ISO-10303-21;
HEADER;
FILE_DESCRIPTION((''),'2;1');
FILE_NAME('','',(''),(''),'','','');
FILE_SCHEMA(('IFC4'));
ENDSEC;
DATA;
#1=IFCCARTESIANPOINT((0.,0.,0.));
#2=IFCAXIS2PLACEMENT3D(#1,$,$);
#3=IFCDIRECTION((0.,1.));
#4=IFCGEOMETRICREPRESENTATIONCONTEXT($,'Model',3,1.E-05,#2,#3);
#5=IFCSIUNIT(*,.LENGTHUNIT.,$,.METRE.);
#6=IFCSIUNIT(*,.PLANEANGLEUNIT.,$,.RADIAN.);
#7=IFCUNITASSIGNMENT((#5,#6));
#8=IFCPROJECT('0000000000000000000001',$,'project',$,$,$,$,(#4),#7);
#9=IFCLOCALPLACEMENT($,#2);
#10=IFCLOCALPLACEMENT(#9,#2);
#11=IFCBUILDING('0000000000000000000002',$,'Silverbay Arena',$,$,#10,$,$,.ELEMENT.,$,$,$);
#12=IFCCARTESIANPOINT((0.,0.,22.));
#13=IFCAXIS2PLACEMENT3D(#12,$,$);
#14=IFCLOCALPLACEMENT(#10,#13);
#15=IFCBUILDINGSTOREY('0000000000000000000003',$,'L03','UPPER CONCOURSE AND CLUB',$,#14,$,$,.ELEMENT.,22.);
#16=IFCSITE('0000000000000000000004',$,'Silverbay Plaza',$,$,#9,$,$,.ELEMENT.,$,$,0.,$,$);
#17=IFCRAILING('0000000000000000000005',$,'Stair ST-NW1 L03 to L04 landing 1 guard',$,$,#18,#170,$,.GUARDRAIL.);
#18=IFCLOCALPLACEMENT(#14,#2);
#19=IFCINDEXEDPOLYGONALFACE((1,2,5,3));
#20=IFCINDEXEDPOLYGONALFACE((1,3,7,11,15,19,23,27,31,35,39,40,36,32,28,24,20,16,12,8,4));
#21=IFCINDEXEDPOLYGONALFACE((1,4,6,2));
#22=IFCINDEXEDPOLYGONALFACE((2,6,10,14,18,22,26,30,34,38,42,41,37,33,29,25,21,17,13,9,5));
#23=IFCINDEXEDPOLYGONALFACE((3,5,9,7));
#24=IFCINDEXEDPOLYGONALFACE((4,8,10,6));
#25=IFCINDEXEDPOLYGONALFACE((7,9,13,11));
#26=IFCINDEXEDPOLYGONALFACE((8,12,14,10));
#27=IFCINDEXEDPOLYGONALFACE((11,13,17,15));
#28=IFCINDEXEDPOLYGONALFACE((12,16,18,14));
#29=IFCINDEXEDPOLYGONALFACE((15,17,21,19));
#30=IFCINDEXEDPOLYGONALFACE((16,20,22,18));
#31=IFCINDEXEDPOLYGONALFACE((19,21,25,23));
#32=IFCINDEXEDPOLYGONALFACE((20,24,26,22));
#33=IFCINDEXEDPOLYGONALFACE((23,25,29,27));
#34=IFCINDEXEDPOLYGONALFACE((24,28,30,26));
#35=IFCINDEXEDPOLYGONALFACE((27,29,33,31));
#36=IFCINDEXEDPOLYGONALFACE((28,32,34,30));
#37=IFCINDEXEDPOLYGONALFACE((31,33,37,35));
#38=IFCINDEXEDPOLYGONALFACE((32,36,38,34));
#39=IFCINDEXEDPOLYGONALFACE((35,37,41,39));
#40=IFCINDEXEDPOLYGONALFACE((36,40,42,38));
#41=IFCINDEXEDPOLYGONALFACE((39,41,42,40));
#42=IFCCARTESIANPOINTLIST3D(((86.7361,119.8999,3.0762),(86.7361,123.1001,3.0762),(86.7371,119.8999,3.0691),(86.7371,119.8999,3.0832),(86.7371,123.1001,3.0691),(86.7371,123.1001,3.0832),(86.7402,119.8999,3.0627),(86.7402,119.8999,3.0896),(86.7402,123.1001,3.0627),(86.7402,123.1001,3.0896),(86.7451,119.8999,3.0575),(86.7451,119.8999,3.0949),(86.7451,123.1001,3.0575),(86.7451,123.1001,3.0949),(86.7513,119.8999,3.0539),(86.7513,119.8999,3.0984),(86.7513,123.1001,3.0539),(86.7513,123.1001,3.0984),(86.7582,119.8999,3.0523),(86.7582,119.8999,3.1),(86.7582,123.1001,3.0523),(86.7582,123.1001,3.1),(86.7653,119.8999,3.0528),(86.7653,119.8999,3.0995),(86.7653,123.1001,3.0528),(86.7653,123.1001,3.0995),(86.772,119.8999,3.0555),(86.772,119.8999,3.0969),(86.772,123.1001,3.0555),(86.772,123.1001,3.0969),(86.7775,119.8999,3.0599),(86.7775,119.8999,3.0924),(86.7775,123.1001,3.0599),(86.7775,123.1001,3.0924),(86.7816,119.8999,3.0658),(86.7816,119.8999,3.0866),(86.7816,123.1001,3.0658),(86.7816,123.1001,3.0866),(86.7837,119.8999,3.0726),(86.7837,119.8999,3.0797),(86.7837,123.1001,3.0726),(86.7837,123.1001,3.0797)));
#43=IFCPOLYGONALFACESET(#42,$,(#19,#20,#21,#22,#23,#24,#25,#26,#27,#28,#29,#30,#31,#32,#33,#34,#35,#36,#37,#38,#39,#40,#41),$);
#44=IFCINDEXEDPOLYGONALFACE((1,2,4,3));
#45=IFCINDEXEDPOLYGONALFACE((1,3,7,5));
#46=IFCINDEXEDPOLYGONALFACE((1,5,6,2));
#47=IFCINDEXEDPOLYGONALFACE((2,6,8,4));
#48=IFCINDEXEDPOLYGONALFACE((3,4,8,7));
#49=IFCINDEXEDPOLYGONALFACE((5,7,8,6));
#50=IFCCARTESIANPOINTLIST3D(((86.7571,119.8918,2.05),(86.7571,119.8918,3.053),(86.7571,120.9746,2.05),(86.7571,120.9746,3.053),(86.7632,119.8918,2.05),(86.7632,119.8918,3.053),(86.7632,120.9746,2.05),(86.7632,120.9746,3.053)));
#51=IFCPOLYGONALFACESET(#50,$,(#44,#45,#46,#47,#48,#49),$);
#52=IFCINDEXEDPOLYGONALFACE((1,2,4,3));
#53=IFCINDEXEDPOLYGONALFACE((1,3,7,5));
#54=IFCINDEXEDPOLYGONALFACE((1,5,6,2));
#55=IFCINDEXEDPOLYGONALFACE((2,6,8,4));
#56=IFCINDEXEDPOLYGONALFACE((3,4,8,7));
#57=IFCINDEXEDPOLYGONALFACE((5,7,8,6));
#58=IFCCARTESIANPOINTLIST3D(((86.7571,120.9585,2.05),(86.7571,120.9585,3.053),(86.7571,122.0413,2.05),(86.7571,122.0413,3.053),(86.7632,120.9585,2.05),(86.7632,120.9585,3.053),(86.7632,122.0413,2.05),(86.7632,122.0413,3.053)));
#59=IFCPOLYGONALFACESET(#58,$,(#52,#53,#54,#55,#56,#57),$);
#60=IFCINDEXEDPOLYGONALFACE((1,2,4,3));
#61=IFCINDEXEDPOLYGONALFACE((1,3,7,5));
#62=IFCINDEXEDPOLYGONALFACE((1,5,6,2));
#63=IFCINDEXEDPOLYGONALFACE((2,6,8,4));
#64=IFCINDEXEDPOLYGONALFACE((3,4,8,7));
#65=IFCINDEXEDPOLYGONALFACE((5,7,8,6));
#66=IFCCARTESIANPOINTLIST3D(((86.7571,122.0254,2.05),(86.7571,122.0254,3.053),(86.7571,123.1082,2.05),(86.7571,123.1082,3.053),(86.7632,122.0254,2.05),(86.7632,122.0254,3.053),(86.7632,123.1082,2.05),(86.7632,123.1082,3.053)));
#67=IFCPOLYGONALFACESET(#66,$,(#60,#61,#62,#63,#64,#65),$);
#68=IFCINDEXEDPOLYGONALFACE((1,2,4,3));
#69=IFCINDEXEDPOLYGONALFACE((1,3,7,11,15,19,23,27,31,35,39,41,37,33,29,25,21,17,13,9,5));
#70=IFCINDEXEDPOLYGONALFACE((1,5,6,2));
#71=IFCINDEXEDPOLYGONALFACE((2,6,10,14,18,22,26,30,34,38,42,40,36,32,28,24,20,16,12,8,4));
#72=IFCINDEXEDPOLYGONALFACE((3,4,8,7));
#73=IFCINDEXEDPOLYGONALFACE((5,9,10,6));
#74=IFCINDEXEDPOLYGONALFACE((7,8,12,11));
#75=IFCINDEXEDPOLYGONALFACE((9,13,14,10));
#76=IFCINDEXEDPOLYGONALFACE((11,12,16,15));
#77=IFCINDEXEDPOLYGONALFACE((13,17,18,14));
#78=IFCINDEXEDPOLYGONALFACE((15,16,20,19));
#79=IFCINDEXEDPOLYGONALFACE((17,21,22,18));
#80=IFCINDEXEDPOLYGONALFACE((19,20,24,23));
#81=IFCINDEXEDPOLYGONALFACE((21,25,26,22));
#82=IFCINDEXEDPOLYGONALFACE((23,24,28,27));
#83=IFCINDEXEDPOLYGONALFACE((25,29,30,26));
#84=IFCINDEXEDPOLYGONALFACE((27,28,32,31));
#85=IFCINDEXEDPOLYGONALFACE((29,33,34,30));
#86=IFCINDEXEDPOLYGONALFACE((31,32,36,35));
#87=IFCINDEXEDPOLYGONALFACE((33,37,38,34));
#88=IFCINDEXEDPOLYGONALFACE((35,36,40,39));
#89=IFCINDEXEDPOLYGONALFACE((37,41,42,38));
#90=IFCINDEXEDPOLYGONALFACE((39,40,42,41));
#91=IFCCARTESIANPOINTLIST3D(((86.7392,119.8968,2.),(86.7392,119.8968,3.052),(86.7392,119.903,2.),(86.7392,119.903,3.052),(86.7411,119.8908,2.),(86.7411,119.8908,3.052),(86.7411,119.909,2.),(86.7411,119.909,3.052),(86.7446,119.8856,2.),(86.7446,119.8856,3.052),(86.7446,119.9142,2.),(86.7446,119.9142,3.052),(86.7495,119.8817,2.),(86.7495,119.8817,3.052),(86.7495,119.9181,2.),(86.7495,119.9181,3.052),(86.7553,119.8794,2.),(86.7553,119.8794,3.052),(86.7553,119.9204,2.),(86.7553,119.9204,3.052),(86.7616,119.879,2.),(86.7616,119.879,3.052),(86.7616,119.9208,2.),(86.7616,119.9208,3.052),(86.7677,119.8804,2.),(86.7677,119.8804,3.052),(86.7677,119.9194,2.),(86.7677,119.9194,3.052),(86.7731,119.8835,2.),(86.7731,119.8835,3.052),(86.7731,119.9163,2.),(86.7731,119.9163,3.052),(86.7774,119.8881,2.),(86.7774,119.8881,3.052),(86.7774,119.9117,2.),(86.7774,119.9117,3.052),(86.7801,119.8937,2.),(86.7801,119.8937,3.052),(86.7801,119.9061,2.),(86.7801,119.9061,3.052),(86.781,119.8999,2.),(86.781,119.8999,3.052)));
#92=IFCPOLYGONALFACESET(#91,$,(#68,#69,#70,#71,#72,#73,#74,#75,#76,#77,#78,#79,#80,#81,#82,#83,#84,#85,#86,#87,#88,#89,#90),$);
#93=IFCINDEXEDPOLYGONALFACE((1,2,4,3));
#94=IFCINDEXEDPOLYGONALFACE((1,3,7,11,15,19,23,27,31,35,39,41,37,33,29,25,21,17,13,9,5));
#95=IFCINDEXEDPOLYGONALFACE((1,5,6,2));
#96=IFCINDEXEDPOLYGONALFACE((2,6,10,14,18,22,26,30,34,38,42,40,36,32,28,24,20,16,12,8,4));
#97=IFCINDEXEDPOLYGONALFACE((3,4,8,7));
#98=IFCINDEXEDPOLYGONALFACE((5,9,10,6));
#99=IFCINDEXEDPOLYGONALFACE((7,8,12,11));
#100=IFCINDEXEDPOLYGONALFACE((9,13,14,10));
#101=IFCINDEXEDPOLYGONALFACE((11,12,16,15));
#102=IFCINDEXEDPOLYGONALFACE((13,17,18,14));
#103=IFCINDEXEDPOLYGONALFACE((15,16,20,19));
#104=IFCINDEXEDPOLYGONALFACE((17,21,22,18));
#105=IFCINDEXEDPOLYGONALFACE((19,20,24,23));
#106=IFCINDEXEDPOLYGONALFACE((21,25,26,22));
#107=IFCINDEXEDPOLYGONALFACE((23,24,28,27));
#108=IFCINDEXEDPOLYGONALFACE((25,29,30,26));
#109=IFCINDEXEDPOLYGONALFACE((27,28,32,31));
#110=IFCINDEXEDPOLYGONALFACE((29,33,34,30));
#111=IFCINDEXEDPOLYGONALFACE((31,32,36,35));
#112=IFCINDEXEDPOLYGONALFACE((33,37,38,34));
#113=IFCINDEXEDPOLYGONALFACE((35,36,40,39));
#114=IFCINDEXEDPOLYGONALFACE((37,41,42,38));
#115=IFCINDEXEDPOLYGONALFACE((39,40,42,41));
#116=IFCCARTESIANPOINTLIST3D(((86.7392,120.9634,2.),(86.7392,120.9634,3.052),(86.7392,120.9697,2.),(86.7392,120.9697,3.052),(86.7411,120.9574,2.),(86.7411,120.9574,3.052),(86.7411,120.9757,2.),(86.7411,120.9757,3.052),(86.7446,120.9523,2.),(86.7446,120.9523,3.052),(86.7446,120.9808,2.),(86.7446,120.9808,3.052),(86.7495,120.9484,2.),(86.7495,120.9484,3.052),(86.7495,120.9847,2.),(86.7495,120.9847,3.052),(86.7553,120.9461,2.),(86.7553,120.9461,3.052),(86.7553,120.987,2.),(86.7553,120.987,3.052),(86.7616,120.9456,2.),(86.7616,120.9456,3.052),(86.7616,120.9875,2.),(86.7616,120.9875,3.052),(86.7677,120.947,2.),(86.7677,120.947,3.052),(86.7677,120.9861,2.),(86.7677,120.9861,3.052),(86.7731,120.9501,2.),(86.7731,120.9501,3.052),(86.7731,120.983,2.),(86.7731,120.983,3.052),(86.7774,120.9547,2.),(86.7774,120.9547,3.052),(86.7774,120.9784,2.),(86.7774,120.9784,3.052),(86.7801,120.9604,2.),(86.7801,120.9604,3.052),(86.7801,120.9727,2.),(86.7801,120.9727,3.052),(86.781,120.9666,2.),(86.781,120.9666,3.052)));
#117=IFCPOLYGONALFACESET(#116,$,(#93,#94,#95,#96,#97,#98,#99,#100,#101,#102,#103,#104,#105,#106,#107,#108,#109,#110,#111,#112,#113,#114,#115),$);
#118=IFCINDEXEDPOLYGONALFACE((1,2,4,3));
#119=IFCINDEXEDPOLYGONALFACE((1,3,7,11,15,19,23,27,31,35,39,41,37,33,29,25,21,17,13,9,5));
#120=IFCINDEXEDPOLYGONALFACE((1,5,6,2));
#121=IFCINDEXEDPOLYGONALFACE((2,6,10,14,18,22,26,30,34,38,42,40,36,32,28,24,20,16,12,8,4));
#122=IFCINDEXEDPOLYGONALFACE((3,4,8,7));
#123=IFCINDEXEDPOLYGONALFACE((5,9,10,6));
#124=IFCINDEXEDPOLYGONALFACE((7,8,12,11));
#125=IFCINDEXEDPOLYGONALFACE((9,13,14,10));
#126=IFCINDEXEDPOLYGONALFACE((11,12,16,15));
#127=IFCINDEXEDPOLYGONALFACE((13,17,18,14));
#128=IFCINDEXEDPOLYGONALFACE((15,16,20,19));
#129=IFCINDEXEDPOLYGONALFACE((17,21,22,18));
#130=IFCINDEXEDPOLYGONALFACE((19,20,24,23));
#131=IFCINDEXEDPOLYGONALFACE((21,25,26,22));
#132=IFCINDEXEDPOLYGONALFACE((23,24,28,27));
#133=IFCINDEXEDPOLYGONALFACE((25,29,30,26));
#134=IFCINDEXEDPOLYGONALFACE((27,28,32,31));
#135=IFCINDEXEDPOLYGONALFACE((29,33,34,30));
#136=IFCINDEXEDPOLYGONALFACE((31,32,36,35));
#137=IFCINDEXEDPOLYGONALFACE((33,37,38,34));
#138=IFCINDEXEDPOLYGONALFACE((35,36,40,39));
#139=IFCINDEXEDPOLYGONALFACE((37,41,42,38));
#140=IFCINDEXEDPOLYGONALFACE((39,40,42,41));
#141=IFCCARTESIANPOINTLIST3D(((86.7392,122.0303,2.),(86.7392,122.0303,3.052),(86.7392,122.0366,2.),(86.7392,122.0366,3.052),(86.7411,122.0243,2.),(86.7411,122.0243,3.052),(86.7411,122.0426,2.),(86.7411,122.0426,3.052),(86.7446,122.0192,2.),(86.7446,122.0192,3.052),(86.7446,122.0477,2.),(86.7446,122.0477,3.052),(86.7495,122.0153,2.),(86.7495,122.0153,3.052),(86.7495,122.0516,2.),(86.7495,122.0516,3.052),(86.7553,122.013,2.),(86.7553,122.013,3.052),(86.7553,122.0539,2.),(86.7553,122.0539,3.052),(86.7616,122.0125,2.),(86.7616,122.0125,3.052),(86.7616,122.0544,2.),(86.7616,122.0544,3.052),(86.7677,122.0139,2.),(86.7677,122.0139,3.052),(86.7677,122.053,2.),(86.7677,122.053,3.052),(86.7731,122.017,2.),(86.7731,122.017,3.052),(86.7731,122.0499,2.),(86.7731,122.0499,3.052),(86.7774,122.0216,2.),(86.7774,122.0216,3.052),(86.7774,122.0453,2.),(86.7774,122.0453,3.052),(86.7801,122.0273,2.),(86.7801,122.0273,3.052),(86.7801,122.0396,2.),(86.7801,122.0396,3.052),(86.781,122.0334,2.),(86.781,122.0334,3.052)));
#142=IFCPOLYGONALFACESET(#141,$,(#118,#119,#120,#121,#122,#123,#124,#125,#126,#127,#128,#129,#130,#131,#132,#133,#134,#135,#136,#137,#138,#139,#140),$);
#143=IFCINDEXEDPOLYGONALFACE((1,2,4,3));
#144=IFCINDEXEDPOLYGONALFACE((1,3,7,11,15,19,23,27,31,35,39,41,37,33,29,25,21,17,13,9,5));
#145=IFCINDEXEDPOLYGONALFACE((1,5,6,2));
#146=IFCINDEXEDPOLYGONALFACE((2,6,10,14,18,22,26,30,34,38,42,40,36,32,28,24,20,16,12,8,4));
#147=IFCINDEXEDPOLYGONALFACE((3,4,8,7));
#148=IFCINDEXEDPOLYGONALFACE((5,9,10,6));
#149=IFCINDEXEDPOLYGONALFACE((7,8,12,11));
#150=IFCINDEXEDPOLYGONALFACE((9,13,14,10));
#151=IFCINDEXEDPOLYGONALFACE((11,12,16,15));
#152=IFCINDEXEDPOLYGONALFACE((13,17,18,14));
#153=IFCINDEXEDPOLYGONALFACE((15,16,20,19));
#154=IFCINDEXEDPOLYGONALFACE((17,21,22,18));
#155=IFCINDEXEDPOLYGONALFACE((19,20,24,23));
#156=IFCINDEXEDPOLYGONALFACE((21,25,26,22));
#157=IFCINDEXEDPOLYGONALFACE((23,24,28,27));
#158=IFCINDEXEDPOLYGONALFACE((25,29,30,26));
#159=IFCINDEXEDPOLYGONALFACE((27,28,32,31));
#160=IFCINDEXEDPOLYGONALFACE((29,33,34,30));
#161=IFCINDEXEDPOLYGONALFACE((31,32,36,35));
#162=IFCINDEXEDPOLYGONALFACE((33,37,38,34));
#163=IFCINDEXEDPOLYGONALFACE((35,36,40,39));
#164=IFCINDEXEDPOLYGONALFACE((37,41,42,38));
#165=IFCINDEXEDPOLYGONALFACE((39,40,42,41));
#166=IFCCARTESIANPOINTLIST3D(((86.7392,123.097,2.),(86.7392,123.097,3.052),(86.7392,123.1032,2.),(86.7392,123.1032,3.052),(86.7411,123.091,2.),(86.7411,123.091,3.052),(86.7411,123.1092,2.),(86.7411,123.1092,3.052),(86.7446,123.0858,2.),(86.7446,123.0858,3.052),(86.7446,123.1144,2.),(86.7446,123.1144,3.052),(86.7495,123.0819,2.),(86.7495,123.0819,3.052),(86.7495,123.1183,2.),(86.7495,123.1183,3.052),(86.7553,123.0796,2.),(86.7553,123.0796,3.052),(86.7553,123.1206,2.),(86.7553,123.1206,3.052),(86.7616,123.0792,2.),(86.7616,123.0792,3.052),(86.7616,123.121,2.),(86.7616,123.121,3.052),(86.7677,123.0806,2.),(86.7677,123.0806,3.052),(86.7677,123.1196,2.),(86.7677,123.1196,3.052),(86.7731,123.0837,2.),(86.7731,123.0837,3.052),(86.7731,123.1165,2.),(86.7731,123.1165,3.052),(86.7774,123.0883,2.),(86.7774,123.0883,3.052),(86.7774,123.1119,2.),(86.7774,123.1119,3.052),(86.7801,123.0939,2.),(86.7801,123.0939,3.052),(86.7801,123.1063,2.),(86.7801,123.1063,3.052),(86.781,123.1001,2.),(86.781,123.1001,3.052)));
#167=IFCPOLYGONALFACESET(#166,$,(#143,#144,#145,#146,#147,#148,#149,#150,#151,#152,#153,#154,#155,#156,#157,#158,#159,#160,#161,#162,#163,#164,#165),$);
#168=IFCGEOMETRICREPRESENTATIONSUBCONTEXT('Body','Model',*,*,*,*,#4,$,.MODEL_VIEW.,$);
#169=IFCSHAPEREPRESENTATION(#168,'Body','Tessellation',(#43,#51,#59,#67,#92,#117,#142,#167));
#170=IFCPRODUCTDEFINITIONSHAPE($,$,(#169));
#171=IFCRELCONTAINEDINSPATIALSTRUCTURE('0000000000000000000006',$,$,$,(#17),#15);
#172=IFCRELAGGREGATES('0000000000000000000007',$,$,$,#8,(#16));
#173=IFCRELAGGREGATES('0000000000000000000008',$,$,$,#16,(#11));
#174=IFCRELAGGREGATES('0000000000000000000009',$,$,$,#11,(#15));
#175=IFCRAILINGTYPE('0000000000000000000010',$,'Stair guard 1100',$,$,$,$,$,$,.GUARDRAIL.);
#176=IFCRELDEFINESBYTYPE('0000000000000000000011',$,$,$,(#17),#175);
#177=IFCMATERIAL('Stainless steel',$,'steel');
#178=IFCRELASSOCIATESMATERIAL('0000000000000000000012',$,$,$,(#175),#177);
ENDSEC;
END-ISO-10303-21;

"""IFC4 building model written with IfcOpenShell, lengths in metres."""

from ifc_helpers import new_model, si_unit, direction, frame, origin, origin_2d, place, context, subcontext, project, spatial, polyline, circle, outline, extrude, material, type_object, element, save


model = new_model("IFC4")

# Units and contexts
model_context = context("Model", 3, precision=1e-05, world=origin(), true_north=direction((0.0, 1.0)))
body_context = subcontext(model_context, "Body", "Model", "MODEL_VIEW")
ifc_project = project(units=[si_unit("LENGTHUNIT", "METRE"), si_unit("PLANEANGLEUNIT", "RADIAN")], contexts=[model_context])

# Site, building, storey
site_placement = place(None, origin())
site = spatial("IfcSite", under=ifc_project, at=site_placement, Name="Silverbay Plaza", CompositionType="ELEMENT", RefElevation=0.0)
building_placement = place(site_placement, origin())
building = spatial("IfcBuilding", under=site, at=building_placement, Name="Silverbay Arena", CompositionType="ELEMENT")
storey_placement = place(building_placement, frame((0.0, 0.0, 22.0)))
storey = spatial("IfcBuildingStorey", under=building, at=storey_placement, Name="L03", Description="UPPER CONCOURSE AND CLUB", CompositionType="ELEMENT", Elevation=22.0)

# Railing
ifc_material_1 = material(Name="Stainless steel", Category="steel")
railing_type_1 = type_object("IfcRailingType", Name="Stair guard 1100", PredefinedType="GUARDRAIL", material=ifc_material_1)
for number, where, name in (
    (1, (86.76, 119.8999, 2.0), "Stair ST-NW1 L03 to L04 landing 1 guard"),
):
    element("IfcRailing", number, at=place(storey_placement, frame(where)), inside=storey, type_object=railing_type_1, Name=name, PredefinedType="GUARDRAIL", context=body_context, shape_type="SweptSolid", body=[
        extrude(circle(Radius=0.0239, at=origin_2d()), frame((0.0, 0.0, 1.0762), z_axis=(0.0, 1.0, 0.0), x_axis=(-1.0, 0.0, 0.0)), (0.0, 0.0, 1.0), 3.2002),
        extrude(outline(polyline([(-0.0081, 0.05), (1.0747, 0.05), (1.0747, 1.053), (-0.0081, 1.053), (-0.0081, 0.05)])), frame((-0.0029, 0.0, 0.0), z_axis=(1.0, 0.0, 0.0), x_axis=(0.0, 1.0, 0.0)), (0.0, 0.0, 1.0), 0.0061),
        extrude(outline(polyline([(-0.0081, 0.05), (1.0747, 0.05), (1.0747, 1.053), (-0.0081, 1.053), (-0.0081, 0.05)])), frame((-0.0029, 1.0667, 0.0), z_axis=(1.0, 0.0, 0.0), x_axis=(0.0, 1.0, 0.0)), (0.0, 0.0, 1.0), 0.0061),
        extrude(outline(polyline([(-0.0081, 0.05), (1.0747, 0.05), (1.0747, 1.053), (-0.0081, 1.053), (-0.0081, 0.05)])), frame((-0.0029, 2.1335, 0.0), z_axis=(1.0, 0.0, 0.0), x_axis=(0.0, 1.0, 0.0)), (0.0, 0.0, 1.0), 0.0061),
        extrude(circle(Radius=0.021, at=origin_2d()), origin(), (0.0, 0.0, 1.0), 1.052),
        extrude(circle(Radius=0.021, at=origin_2d()), frame((0.0, 1.0667, 0.0)), (0.0, 0.0, 1.0), 1.052),
        extrude(circle(Radius=0.021, at=origin_2d()), frame((0.0, 2.1335, 0.0)), (0.0, 0.0, 1.0), 1.052),
        extrude(circle(Radius=0.021, at=origin_2d()), frame((0.0, 3.2002, 0.0)), (0.0, 0.0, 1.0), 1.052),
    ])

save(model, "model.ifc")
